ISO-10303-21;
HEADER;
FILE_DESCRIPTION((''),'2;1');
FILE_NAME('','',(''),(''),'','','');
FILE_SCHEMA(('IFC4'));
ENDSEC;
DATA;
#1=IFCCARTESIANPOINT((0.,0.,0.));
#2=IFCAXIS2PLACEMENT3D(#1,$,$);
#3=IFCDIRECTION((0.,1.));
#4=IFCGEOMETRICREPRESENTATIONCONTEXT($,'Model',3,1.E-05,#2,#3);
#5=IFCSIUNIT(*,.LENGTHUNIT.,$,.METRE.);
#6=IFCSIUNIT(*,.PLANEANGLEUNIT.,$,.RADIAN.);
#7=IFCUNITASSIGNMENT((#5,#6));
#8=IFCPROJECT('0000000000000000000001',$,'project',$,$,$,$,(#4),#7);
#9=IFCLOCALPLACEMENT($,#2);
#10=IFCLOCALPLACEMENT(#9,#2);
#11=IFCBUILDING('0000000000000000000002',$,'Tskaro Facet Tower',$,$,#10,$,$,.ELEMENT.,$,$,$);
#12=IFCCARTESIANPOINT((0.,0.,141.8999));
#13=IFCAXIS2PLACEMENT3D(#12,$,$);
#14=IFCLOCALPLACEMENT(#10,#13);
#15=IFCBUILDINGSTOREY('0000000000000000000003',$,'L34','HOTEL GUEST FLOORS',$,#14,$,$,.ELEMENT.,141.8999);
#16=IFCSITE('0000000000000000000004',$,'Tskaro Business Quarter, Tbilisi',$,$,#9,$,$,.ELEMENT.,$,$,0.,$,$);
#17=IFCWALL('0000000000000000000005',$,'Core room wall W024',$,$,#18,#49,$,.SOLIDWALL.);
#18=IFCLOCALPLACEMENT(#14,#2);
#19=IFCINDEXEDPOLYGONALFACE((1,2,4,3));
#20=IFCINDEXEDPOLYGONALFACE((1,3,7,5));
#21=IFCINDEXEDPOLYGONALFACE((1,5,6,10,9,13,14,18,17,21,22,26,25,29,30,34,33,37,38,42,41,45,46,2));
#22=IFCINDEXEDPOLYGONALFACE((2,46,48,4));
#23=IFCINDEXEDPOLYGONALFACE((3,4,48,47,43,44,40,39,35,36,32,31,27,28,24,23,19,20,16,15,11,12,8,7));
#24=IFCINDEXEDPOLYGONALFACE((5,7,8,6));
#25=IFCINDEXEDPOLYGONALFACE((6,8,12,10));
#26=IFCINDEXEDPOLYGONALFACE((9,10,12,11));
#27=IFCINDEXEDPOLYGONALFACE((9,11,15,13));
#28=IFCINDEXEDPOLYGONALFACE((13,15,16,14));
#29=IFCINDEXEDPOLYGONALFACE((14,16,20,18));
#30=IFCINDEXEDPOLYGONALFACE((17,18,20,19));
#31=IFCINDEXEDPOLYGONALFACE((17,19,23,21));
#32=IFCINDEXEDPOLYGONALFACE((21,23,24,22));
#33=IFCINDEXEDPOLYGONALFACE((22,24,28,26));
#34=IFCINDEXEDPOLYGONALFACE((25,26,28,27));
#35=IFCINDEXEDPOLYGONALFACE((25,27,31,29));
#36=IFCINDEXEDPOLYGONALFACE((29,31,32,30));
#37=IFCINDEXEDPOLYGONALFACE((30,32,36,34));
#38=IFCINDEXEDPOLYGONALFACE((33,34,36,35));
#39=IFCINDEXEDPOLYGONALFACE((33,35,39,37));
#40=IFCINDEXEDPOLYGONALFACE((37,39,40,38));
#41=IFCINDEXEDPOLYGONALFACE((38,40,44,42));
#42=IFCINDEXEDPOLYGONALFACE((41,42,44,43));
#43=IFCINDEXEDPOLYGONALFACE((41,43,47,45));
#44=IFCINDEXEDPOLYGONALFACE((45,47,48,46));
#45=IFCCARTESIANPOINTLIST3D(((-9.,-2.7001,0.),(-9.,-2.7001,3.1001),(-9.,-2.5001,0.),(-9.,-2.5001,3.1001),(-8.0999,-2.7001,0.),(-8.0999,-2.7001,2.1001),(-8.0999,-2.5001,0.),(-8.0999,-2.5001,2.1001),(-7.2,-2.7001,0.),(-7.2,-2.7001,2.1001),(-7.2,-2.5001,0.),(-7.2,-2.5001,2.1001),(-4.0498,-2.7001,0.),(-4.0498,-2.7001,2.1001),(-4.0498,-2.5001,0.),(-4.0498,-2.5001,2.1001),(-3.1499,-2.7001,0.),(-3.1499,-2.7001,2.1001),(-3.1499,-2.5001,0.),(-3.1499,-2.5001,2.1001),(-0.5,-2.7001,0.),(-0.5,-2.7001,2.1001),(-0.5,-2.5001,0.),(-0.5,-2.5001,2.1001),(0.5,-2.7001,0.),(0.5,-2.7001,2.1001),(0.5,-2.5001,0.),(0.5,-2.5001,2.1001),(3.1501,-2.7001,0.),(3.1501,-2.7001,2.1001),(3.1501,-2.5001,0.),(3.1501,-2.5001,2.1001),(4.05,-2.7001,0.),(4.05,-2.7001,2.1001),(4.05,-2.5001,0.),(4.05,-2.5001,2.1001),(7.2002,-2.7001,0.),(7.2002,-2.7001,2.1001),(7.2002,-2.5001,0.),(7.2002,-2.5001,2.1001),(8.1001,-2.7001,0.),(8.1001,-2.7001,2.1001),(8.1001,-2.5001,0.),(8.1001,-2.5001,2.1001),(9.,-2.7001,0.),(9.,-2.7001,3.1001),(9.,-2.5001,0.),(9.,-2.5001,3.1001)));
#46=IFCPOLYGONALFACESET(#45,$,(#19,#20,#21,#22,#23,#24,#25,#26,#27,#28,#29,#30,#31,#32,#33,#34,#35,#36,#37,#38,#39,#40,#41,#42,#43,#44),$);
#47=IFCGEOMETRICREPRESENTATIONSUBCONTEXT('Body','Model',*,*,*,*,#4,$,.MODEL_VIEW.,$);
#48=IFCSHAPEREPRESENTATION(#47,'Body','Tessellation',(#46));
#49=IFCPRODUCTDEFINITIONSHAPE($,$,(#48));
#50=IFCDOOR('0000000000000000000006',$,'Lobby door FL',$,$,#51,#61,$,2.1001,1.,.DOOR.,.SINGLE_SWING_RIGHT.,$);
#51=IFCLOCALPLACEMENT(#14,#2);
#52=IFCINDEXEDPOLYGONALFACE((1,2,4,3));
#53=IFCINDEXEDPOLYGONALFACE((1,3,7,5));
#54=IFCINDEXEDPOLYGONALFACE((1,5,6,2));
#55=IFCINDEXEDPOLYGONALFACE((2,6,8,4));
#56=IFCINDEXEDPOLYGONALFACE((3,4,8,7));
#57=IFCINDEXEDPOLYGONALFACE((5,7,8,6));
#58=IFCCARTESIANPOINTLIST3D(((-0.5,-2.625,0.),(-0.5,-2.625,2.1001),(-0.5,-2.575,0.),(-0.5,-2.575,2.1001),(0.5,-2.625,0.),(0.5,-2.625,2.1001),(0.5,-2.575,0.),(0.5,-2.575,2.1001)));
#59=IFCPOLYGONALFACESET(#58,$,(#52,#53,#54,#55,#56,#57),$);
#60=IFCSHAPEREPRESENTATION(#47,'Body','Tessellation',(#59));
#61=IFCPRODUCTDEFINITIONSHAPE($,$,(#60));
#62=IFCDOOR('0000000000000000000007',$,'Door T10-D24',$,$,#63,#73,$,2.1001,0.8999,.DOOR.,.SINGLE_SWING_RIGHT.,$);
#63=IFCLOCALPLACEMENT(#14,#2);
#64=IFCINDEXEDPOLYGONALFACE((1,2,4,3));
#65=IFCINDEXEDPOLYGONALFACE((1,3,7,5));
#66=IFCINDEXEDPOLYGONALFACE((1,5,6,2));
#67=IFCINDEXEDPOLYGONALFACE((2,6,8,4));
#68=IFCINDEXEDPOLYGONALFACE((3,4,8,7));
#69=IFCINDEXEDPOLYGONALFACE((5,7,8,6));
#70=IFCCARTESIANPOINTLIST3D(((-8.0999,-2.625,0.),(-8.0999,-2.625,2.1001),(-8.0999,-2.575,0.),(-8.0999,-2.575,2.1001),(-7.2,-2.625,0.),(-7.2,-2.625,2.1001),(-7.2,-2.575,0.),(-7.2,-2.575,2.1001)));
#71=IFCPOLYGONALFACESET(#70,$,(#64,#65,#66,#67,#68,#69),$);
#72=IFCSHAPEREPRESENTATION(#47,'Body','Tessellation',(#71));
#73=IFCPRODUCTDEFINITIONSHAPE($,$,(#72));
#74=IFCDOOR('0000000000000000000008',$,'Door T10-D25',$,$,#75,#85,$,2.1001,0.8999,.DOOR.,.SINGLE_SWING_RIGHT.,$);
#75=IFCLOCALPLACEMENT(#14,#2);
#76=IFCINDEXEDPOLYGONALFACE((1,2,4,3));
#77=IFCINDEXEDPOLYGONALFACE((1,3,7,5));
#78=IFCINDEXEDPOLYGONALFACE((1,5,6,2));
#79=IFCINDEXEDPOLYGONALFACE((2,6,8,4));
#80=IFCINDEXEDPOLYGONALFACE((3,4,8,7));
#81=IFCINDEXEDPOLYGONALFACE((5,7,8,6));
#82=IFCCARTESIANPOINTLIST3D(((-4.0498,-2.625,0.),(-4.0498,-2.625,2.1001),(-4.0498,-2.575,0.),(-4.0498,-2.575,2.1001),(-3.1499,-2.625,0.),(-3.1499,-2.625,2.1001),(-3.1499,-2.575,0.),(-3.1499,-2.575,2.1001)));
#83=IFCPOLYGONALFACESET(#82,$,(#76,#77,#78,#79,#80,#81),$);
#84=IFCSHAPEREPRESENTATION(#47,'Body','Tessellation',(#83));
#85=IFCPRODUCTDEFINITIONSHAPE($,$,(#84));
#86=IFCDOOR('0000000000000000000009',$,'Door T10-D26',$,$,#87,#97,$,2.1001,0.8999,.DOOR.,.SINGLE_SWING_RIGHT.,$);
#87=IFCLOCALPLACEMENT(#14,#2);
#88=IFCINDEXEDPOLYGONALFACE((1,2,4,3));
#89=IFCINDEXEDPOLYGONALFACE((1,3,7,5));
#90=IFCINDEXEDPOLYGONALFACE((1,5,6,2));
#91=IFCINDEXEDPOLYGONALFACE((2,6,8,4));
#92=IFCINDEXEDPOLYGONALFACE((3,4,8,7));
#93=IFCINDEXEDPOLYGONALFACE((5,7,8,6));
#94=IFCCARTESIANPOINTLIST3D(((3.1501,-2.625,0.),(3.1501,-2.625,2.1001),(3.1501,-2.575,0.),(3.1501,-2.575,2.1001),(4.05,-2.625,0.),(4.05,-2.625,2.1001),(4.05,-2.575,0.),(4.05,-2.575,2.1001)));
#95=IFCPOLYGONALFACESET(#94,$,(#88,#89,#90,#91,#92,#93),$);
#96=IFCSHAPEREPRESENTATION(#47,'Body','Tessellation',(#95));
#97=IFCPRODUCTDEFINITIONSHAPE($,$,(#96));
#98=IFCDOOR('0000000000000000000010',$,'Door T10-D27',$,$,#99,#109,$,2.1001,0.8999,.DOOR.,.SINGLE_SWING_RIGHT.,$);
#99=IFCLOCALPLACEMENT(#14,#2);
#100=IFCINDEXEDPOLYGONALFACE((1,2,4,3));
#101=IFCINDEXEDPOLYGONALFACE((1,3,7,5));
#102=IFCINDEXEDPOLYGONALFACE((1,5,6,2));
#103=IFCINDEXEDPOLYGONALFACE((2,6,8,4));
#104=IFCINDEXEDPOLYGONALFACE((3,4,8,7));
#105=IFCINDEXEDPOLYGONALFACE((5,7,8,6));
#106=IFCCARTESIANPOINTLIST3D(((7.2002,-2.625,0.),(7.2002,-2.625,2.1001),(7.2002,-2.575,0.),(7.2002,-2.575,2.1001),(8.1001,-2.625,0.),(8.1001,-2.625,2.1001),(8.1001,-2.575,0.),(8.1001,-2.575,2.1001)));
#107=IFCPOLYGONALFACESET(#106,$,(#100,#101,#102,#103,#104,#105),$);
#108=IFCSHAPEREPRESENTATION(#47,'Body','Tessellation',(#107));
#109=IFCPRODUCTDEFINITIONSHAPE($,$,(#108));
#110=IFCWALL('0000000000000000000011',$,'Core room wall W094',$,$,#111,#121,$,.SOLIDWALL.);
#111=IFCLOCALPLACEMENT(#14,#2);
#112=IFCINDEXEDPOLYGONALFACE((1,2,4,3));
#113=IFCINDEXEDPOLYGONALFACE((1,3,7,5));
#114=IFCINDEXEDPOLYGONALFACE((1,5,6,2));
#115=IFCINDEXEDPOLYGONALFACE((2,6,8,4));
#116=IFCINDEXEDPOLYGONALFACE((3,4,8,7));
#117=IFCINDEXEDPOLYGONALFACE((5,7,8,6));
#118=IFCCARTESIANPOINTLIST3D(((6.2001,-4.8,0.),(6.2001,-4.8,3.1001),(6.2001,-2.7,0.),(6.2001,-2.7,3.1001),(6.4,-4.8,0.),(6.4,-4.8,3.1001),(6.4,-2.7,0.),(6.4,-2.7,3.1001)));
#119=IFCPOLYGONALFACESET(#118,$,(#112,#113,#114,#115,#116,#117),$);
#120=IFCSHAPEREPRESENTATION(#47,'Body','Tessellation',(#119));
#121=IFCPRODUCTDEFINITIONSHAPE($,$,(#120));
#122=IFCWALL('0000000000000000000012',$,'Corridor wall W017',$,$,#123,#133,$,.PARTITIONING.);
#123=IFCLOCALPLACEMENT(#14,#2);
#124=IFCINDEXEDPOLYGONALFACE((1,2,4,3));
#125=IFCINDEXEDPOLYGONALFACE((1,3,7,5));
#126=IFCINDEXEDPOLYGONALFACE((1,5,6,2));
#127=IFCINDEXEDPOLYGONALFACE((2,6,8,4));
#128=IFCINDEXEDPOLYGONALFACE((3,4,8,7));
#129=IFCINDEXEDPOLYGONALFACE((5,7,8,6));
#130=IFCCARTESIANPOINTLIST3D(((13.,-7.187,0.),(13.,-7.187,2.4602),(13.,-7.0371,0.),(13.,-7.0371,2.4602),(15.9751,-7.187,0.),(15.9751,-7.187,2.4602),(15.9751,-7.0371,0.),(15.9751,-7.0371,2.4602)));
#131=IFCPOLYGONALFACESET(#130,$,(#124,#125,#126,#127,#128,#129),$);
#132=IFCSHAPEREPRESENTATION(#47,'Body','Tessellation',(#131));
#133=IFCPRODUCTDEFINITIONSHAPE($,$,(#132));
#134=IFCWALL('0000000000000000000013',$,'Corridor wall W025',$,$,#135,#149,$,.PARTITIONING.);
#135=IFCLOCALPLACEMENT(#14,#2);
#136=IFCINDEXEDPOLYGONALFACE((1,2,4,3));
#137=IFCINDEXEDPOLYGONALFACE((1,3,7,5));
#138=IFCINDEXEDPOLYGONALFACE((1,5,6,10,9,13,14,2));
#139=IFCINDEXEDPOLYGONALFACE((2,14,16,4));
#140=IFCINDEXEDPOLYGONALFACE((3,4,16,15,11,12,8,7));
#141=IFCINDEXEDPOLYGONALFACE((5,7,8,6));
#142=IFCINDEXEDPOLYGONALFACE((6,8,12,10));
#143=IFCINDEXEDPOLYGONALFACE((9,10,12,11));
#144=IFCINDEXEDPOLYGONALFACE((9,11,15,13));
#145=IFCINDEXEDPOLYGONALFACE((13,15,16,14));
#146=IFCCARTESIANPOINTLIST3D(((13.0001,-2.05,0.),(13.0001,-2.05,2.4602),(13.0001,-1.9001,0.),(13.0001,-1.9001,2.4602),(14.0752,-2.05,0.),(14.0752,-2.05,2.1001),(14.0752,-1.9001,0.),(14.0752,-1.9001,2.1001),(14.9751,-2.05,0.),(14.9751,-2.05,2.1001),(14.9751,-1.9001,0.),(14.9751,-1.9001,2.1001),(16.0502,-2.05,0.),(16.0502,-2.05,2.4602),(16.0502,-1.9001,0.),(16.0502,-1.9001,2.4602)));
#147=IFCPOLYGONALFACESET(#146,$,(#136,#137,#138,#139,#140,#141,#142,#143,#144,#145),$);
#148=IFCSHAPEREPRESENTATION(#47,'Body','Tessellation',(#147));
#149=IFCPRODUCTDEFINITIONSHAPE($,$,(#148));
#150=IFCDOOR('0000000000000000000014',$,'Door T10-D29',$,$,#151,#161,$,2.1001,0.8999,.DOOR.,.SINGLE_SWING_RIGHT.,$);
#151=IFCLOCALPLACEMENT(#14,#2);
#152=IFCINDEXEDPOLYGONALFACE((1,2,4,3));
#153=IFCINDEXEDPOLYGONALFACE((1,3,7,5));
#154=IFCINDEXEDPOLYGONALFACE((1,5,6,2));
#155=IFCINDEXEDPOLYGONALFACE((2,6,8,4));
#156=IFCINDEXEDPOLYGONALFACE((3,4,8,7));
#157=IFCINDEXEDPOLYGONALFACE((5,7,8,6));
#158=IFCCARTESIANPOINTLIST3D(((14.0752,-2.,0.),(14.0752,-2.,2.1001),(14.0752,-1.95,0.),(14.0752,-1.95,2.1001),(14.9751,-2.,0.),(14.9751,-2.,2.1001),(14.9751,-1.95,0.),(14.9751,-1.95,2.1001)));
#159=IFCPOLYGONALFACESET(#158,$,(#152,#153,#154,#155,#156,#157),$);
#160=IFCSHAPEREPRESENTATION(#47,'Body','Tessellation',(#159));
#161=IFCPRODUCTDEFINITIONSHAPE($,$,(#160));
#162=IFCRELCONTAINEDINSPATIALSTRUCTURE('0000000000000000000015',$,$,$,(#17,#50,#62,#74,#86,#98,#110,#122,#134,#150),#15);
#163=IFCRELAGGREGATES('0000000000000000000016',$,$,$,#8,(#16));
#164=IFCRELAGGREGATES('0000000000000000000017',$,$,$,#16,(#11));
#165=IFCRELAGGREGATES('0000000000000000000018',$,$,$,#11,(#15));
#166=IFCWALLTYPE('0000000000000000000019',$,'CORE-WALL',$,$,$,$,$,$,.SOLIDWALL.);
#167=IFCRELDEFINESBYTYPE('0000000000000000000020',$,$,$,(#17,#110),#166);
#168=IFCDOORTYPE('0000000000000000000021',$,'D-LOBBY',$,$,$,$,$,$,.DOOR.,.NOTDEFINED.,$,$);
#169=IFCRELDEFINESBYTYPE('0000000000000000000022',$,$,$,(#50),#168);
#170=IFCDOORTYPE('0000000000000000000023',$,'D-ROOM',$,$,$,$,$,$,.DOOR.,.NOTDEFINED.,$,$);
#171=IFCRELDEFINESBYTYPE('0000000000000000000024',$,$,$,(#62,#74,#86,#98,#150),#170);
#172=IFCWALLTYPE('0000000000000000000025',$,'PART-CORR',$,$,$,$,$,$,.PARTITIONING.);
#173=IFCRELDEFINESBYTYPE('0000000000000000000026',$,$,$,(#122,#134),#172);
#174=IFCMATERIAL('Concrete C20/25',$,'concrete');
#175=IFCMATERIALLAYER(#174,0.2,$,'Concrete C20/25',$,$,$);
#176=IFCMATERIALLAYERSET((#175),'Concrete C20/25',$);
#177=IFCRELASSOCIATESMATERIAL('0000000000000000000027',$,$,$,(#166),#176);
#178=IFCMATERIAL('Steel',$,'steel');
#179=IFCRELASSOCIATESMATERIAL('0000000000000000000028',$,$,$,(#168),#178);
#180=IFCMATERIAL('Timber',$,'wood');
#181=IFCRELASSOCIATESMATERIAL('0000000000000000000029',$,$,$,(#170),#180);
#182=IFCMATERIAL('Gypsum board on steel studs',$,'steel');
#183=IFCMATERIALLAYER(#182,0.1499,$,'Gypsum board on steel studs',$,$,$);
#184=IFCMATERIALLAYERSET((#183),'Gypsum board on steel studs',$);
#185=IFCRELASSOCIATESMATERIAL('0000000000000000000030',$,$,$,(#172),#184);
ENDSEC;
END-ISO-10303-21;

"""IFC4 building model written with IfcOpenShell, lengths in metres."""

from ifc_helpers import new_model, si_unit, direction, frame, frame_2d, origin, place, context, subcontext, project, spatial, rectangle, extrude, material, layer, layer_set, type_object, element, fill, save


model = new_model("IFC4")

# Units and contexts
model_context = context("Model", 3, precision=1e-05, world=origin(), true_north=direction((0.0, 1.0)))
body_context = subcontext(model_context, "Body", "Model", "MODEL_VIEW")
ifc_project = project(units=[si_unit("LENGTHUNIT", "METRE"), si_unit("PLANEANGLEUNIT", "RADIAN")], contexts=[model_context])

# Site, building, storey
site_placement = place(None, origin())
site = spatial("IfcSite", under=ifc_project, at=site_placement, Name="Tskaro Business Quarter, Tbilisi", CompositionType="ELEMENT", RefElevation=0.0)
building_placement = place(site_placement, origin())
building = spatial("IfcBuilding", under=site, at=building_placement, Name="Tskaro Facet Tower", CompositionType="ELEMENT")
storey_placement = place(building_placement, frame((0.0, 0.0, 141.8999)))
storey = spatial("IfcBuildingStorey", under=building, at=storey_placement, Name="L34", Description="HOTEL GUEST FLOORS", CompositionType="ELEMENT", Elevation=141.8999)

# Shared definitions
ifc_material_1 = material(Name="Steel", Category="steel")

# Wall, openings, doors
ifc_material_2 = material(Name="Concrete C20/25", Category="concrete")
ifc_layer_1 = layer(ifc_material_2, 0.2, Name="Concrete C20/25")
ifc_layer_set_1 = layer_set([ifc_layer_1], Name="Concrete C20/25")
wall_type_1 = type_object("IfcWallType", Name="CORE-WALL", PredefinedType="SOLIDWALL", material=ifc_layer_set_1)
wall_1_placement = place(storey_placement, frame((9.0, -2.6001, 0.0), z_axis=(0.0, 0.0, 1.0), x_axis=(-1.0, 0.0, 0.0)))
wall_1 = element("IfcWall", 1, at=wall_1_placement, inside=storey, type_object=wall_type_1, Name="Core room wall W024", PredefinedType="SOLIDWALL", context=body_context, shape_type="SweptSolid", body=[
    extrude(rectangle(XDim=18.0, YDim=0.2, at=frame_2d((9.0, 0.0))), origin(), (0.0, 0.0, 1.0), 3.1001),
])
opening_1_placement = place(wall_1_placement, frame((8.5, 0.0, 0.0)))
opening_1 = element("IfcOpeningElement", 2, at=opening_1_placement, cuts=wall_1, PredefinedType="OPENING", context=body_context, shape_type="SweptSolid", body=[
    extrude(rectangle(XDim=1.0, YDim=2.1001, at=frame_2d((0.5, 1.05))), frame((0.0, 0.1099, 0.0), z_axis=(0.0, -1.0, 0.0), x_axis=(1.0, 0.0, 0.0)), (0.0, 0.0, 1.0), 0.22),
])
opening_2_placement = place(wall_1_placement, frame((16.2, 0.0, 0.0)))
opening_2 = element("IfcOpeningElement", 3, at=opening_2_placement, cuts=wall_1, PredefinedType="OPENING", context=body_context, shape_type="SweptSolid", body=[
    extrude(rectangle(XDim=0.8999, YDim=2.1001, at=frame_2d((0.45, 1.05))), frame((0.0, 0.1099, 0.0), z_axis=(0.0, -1.0, 0.0), x_axis=(1.0, 0.0, 0.0)), (0.0, 0.0, 1.0), 0.22),
])
opening_3_placement = place(wall_1_placement, frame((12.1499, 0.0, 0.0)))
opening_3 = element("IfcOpeningElement", 4, at=opening_3_placement, cuts=wall_1, PredefinedType="OPENING", context=body_context, shape_type="SweptSolid", body=[
    extrude(rectangle(XDim=0.8999, YDim=2.1001, at=frame_2d((0.45, 1.05))), frame((0.0, 0.1099, 0.0), z_axis=(0.0, -1.0, 0.0), x_axis=(1.0, 0.0, 0.0)), (0.0, 0.0, 1.0), 0.22),
])
opening_4_placement = place(wall_1_placement, frame((4.95, 0.0, 0.0)))
opening_4 = element("IfcOpeningElement", 5, at=opening_4_placement, cuts=wall_1, PredefinedType="OPENING", context=body_context, shape_type="SweptSolid", body=[
    extrude(rectangle(XDim=0.8999, YDim=2.1001, at=frame_2d((0.45, 1.05))), frame((0.0, 0.1099, 0.0), z_axis=(0.0, -1.0, 0.0), x_axis=(1.0, 0.0, 0.0)), (0.0, 0.0, 1.0), 0.22),
])
opening_5_placement = place(wall_1_placement, frame((0.8999, 0.0, 0.0)))
opening_5 = element("IfcOpeningElement", 6, at=opening_5_placement, cuts=wall_1, PredefinedType="OPENING", context=body_context, shape_type="SweptSolid", body=[
    extrude(rectangle(XDim=0.8999, YDim=2.1001, at=frame_2d((0.45, 1.05))), frame((0.0, 0.1099, 0.0), z_axis=(0.0, -1.0, 0.0), x_axis=(1.0, 0.0, 0.0)), (0.0, 0.0, 1.0), 0.22),
])
door_type_1 = type_object("IfcDoorType", Name="D-LOBBY", OperationType="NOTDEFINED", PredefinedType="DOOR", material=ifc_material_1)
door_1_placement = place(opening_1_placement, origin())
door_1 = element("IfcDoor", 7, at=door_1_placement, inside=storey, type_object=door_type_1, Name="Lobby door FL", OperationType="SINGLE_SWING_RIGHT", OverallHeight=2.1001, OverallWidth=1.0, PredefinedType="DOOR", context=body_context, shape_type="SweptSolid", body=[
    extrude(rectangle(XDim=1.0, YDim=2.1001, at=frame_2d((0.5, 1.05))), frame((0.0, 0.0249, 0.0), z_axis=(0.0, -1.0, 0.0), x_axis=(1.0, 0.0, 0.0)), (0.0, 0.0, 1.0), 0.05),
])
fill(opening_1, door_1)
ifc_material_3 = material(Name="Timber", Category="wood")
door_type_2 = type_object("IfcDoorType", Name="D-ROOM", OperationType="NOTDEFINED", PredefinedType="DOOR", material=ifc_material_3)
door_2_placement = place(opening_2_placement, origin())
door_2 = element("IfcDoor", 8, at=door_2_placement, inside=storey, type_object=door_type_2, Name="Door T10-D24", OperationType="SINGLE_SWING_RIGHT", OverallHeight=2.1001, OverallWidth=0.8999, PredefinedType="DOOR", context=body_context, shape_type="SweptSolid", body=[
    extrude(rectangle(XDim=0.8999, YDim=2.1001, at=frame_2d((0.45, 1.05))), frame((0.0, 0.0249, 0.0), z_axis=(0.0, -1.0, 0.0), x_axis=(1.0, 0.0, 0.0)), (0.0, 0.0, 1.0), 0.05),
])
fill(opening_2, door_2)
door_3_placement = place(opening_3_placement, origin())
door_3 = element("IfcDoor", 9, at=door_3_placement, inside=storey, type_object=door_type_2, Name="Door T10-D25", OperationType="SINGLE_SWING_RIGHT", OverallHeight=2.1001, OverallWidth=0.8999, PredefinedType="DOOR", context=body_context, shape_type="SweptSolid", body=[
    extrude(rectangle(XDim=0.8999, YDim=2.1001, at=frame_2d((0.45, 1.05))), frame((0.0, 0.0249, 0.0), z_axis=(0.0, -1.0, 0.0), x_axis=(1.0, 0.0, 0.0)), (0.0, 0.0, 1.0), 0.05),
])
fill(opening_3, door_3)
door_4_placement = place(opening_4_placement, origin())
door_4 = element("IfcDoor", 10, at=door_4_placement, inside=storey, type_object=door_type_2, Name="Door T10-D26", OperationType="SINGLE_SWING_RIGHT", OverallHeight=2.1001, OverallWidth=0.8999, PredefinedType="DOOR", context=body_context, shape_type="SweptSolid", body=[
    extrude(rectangle(XDim=0.8999, YDim=2.1001, at=frame_2d((0.45, 1.05))), frame((0.0, 0.0249, 0.0), z_axis=(0.0, -1.0, 0.0), x_axis=(1.0, 0.0, 0.0)), (0.0, 0.0, 1.0), 0.05),
])
fill(opening_4, door_4)
door_5_placement = place(opening_5_placement, origin())
door_5 = element("IfcDoor", 11, at=door_5_placement, inside=storey, type_object=door_type_2, Name="Door T10-D27", OperationType="SINGLE_SWING_RIGHT", OverallHeight=2.1001, OverallWidth=0.8999, PredefinedType="DOOR", context=body_context, shape_type="SweptSolid", body=[
    extrude(rectangle(XDim=0.8999, YDim=2.1001, at=frame_2d((0.45, 1.05))), frame((0.0, 0.0249, 0.0), z_axis=(0.0, -1.0, 0.0), x_axis=(1.0, 0.0, 0.0)), (0.0, 0.0, 1.0), 0.05),
])
fill(opening_5, door_5)

# Walls
wall_2_placement = place(storey_placement, frame((6.3, -4.8, 0.0), z_axis=(0.0, 0.0, 1.0), x_axis=(0.0, 1.0, 0.0)))
element("IfcWall", 12, at=wall_2_placement, inside=storey, type_object=wall_type_1, Name="Core room wall W094", PredefinedType="SOLIDWALL", context=body_context, shape_type="SweptSolid", body=[
    extrude(rectangle(XDim=2.1001, YDim=0.2, at=frame_2d((1.05, 0.0))), origin(), (0.0, 0.0, 1.0), 3.1001),
])
ifc_material_4 = material(Name="Gypsum board on steel studs", Category="steel")
ifc_layer_2 = layer(ifc_material_4, 0.1499, Name="Gypsum board on steel studs")
ifc_layer_set_2 = layer_set([ifc_layer_2], Name="Gypsum board on steel studs")
wall_type_2 = type_object("IfcWallType", Name="PART-CORR", PredefinedType="PARTITIONING", material=ifc_layer_set_2)
wall_3_placement = place(storey_placement, frame((13.0, -7.1121, 0.0), z_axis=(0.0, 0.0, 1.0), x_axis=(1.0, 0.0, 0.0)))
element("IfcWall", 13, at=wall_3_placement, inside=storey, type_object=wall_type_2, Name="Corridor wall W017", PredefinedType="PARTITIONING", context=body_context, shape_type="SweptSolid", body=[
    extrude(rectangle(XDim=2.9751, YDim=0.1499, at=frame_2d((1.4875, 0.0))), origin(), (0.0, 0.0, 1.0), 2.4602),
])

# Wall, opening, door
wall_4_placement = place(storey_placement, frame((16.05, -1.9751, 0.0), z_axis=(0.0, 0.0, 1.0), x_axis=(-1.0, 0.0, 0.0)))
wall_4 = element("IfcWall", 14, at=wall_4_placement, inside=storey, type_object=wall_type_2, Name="Corridor wall W025", PredefinedType="PARTITIONING", context=body_context, shape_type="SweptSolid", body=[
    extrude(rectangle(XDim=3.05, YDim=0.1499, at=frame_2d((1.5249, 0.0))), origin(), (0.0, 0.0, 1.0), 2.4602),
])
opening_6_placement = place(wall_4_placement, frame((1.075, 0.0, 0.0)))
opening_6 = element("IfcOpeningElement", 15, at=opening_6_placement, cuts=wall_4, PredefinedType="OPENING", context=body_context, shape_type="SweptSolid", body=[
    extrude(rectangle(XDim=0.8999, YDim=2.1001, at=frame_2d((0.45, 1.05))), frame((0.0, 0.085, 0.0), z_axis=(0.0, -1.0, 0.0), x_axis=(1.0, 0.0, 0.0)), (0.0, 0.0, 1.0), 0.1699),
])
door_6_placement = place(opening_6_placement, origin())
door_6 = element("IfcDoor", 16, at=door_6_placement, inside=storey, type_object=door_type_2, Name="Door T10-D29", OperationType="SINGLE_SWING_RIGHT", OverallHeight=2.1001, OverallWidth=0.8999, PredefinedType="DOOR", context=body_context, shape_type="SweptSolid", body=[
    extrude(rectangle(XDim=0.8999, YDim=2.1001, at=frame_2d((0.45, 1.05))), frame((0.0, 0.0249, 0.0), z_axis=(0.0, -1.0, 0.0), x_axis=(1.0, 0.0, 0.0)), (0.0, 0.0, 1.0), 0.05),
])
fill(opening_6, door_6)

save(model, "model.ifc")
